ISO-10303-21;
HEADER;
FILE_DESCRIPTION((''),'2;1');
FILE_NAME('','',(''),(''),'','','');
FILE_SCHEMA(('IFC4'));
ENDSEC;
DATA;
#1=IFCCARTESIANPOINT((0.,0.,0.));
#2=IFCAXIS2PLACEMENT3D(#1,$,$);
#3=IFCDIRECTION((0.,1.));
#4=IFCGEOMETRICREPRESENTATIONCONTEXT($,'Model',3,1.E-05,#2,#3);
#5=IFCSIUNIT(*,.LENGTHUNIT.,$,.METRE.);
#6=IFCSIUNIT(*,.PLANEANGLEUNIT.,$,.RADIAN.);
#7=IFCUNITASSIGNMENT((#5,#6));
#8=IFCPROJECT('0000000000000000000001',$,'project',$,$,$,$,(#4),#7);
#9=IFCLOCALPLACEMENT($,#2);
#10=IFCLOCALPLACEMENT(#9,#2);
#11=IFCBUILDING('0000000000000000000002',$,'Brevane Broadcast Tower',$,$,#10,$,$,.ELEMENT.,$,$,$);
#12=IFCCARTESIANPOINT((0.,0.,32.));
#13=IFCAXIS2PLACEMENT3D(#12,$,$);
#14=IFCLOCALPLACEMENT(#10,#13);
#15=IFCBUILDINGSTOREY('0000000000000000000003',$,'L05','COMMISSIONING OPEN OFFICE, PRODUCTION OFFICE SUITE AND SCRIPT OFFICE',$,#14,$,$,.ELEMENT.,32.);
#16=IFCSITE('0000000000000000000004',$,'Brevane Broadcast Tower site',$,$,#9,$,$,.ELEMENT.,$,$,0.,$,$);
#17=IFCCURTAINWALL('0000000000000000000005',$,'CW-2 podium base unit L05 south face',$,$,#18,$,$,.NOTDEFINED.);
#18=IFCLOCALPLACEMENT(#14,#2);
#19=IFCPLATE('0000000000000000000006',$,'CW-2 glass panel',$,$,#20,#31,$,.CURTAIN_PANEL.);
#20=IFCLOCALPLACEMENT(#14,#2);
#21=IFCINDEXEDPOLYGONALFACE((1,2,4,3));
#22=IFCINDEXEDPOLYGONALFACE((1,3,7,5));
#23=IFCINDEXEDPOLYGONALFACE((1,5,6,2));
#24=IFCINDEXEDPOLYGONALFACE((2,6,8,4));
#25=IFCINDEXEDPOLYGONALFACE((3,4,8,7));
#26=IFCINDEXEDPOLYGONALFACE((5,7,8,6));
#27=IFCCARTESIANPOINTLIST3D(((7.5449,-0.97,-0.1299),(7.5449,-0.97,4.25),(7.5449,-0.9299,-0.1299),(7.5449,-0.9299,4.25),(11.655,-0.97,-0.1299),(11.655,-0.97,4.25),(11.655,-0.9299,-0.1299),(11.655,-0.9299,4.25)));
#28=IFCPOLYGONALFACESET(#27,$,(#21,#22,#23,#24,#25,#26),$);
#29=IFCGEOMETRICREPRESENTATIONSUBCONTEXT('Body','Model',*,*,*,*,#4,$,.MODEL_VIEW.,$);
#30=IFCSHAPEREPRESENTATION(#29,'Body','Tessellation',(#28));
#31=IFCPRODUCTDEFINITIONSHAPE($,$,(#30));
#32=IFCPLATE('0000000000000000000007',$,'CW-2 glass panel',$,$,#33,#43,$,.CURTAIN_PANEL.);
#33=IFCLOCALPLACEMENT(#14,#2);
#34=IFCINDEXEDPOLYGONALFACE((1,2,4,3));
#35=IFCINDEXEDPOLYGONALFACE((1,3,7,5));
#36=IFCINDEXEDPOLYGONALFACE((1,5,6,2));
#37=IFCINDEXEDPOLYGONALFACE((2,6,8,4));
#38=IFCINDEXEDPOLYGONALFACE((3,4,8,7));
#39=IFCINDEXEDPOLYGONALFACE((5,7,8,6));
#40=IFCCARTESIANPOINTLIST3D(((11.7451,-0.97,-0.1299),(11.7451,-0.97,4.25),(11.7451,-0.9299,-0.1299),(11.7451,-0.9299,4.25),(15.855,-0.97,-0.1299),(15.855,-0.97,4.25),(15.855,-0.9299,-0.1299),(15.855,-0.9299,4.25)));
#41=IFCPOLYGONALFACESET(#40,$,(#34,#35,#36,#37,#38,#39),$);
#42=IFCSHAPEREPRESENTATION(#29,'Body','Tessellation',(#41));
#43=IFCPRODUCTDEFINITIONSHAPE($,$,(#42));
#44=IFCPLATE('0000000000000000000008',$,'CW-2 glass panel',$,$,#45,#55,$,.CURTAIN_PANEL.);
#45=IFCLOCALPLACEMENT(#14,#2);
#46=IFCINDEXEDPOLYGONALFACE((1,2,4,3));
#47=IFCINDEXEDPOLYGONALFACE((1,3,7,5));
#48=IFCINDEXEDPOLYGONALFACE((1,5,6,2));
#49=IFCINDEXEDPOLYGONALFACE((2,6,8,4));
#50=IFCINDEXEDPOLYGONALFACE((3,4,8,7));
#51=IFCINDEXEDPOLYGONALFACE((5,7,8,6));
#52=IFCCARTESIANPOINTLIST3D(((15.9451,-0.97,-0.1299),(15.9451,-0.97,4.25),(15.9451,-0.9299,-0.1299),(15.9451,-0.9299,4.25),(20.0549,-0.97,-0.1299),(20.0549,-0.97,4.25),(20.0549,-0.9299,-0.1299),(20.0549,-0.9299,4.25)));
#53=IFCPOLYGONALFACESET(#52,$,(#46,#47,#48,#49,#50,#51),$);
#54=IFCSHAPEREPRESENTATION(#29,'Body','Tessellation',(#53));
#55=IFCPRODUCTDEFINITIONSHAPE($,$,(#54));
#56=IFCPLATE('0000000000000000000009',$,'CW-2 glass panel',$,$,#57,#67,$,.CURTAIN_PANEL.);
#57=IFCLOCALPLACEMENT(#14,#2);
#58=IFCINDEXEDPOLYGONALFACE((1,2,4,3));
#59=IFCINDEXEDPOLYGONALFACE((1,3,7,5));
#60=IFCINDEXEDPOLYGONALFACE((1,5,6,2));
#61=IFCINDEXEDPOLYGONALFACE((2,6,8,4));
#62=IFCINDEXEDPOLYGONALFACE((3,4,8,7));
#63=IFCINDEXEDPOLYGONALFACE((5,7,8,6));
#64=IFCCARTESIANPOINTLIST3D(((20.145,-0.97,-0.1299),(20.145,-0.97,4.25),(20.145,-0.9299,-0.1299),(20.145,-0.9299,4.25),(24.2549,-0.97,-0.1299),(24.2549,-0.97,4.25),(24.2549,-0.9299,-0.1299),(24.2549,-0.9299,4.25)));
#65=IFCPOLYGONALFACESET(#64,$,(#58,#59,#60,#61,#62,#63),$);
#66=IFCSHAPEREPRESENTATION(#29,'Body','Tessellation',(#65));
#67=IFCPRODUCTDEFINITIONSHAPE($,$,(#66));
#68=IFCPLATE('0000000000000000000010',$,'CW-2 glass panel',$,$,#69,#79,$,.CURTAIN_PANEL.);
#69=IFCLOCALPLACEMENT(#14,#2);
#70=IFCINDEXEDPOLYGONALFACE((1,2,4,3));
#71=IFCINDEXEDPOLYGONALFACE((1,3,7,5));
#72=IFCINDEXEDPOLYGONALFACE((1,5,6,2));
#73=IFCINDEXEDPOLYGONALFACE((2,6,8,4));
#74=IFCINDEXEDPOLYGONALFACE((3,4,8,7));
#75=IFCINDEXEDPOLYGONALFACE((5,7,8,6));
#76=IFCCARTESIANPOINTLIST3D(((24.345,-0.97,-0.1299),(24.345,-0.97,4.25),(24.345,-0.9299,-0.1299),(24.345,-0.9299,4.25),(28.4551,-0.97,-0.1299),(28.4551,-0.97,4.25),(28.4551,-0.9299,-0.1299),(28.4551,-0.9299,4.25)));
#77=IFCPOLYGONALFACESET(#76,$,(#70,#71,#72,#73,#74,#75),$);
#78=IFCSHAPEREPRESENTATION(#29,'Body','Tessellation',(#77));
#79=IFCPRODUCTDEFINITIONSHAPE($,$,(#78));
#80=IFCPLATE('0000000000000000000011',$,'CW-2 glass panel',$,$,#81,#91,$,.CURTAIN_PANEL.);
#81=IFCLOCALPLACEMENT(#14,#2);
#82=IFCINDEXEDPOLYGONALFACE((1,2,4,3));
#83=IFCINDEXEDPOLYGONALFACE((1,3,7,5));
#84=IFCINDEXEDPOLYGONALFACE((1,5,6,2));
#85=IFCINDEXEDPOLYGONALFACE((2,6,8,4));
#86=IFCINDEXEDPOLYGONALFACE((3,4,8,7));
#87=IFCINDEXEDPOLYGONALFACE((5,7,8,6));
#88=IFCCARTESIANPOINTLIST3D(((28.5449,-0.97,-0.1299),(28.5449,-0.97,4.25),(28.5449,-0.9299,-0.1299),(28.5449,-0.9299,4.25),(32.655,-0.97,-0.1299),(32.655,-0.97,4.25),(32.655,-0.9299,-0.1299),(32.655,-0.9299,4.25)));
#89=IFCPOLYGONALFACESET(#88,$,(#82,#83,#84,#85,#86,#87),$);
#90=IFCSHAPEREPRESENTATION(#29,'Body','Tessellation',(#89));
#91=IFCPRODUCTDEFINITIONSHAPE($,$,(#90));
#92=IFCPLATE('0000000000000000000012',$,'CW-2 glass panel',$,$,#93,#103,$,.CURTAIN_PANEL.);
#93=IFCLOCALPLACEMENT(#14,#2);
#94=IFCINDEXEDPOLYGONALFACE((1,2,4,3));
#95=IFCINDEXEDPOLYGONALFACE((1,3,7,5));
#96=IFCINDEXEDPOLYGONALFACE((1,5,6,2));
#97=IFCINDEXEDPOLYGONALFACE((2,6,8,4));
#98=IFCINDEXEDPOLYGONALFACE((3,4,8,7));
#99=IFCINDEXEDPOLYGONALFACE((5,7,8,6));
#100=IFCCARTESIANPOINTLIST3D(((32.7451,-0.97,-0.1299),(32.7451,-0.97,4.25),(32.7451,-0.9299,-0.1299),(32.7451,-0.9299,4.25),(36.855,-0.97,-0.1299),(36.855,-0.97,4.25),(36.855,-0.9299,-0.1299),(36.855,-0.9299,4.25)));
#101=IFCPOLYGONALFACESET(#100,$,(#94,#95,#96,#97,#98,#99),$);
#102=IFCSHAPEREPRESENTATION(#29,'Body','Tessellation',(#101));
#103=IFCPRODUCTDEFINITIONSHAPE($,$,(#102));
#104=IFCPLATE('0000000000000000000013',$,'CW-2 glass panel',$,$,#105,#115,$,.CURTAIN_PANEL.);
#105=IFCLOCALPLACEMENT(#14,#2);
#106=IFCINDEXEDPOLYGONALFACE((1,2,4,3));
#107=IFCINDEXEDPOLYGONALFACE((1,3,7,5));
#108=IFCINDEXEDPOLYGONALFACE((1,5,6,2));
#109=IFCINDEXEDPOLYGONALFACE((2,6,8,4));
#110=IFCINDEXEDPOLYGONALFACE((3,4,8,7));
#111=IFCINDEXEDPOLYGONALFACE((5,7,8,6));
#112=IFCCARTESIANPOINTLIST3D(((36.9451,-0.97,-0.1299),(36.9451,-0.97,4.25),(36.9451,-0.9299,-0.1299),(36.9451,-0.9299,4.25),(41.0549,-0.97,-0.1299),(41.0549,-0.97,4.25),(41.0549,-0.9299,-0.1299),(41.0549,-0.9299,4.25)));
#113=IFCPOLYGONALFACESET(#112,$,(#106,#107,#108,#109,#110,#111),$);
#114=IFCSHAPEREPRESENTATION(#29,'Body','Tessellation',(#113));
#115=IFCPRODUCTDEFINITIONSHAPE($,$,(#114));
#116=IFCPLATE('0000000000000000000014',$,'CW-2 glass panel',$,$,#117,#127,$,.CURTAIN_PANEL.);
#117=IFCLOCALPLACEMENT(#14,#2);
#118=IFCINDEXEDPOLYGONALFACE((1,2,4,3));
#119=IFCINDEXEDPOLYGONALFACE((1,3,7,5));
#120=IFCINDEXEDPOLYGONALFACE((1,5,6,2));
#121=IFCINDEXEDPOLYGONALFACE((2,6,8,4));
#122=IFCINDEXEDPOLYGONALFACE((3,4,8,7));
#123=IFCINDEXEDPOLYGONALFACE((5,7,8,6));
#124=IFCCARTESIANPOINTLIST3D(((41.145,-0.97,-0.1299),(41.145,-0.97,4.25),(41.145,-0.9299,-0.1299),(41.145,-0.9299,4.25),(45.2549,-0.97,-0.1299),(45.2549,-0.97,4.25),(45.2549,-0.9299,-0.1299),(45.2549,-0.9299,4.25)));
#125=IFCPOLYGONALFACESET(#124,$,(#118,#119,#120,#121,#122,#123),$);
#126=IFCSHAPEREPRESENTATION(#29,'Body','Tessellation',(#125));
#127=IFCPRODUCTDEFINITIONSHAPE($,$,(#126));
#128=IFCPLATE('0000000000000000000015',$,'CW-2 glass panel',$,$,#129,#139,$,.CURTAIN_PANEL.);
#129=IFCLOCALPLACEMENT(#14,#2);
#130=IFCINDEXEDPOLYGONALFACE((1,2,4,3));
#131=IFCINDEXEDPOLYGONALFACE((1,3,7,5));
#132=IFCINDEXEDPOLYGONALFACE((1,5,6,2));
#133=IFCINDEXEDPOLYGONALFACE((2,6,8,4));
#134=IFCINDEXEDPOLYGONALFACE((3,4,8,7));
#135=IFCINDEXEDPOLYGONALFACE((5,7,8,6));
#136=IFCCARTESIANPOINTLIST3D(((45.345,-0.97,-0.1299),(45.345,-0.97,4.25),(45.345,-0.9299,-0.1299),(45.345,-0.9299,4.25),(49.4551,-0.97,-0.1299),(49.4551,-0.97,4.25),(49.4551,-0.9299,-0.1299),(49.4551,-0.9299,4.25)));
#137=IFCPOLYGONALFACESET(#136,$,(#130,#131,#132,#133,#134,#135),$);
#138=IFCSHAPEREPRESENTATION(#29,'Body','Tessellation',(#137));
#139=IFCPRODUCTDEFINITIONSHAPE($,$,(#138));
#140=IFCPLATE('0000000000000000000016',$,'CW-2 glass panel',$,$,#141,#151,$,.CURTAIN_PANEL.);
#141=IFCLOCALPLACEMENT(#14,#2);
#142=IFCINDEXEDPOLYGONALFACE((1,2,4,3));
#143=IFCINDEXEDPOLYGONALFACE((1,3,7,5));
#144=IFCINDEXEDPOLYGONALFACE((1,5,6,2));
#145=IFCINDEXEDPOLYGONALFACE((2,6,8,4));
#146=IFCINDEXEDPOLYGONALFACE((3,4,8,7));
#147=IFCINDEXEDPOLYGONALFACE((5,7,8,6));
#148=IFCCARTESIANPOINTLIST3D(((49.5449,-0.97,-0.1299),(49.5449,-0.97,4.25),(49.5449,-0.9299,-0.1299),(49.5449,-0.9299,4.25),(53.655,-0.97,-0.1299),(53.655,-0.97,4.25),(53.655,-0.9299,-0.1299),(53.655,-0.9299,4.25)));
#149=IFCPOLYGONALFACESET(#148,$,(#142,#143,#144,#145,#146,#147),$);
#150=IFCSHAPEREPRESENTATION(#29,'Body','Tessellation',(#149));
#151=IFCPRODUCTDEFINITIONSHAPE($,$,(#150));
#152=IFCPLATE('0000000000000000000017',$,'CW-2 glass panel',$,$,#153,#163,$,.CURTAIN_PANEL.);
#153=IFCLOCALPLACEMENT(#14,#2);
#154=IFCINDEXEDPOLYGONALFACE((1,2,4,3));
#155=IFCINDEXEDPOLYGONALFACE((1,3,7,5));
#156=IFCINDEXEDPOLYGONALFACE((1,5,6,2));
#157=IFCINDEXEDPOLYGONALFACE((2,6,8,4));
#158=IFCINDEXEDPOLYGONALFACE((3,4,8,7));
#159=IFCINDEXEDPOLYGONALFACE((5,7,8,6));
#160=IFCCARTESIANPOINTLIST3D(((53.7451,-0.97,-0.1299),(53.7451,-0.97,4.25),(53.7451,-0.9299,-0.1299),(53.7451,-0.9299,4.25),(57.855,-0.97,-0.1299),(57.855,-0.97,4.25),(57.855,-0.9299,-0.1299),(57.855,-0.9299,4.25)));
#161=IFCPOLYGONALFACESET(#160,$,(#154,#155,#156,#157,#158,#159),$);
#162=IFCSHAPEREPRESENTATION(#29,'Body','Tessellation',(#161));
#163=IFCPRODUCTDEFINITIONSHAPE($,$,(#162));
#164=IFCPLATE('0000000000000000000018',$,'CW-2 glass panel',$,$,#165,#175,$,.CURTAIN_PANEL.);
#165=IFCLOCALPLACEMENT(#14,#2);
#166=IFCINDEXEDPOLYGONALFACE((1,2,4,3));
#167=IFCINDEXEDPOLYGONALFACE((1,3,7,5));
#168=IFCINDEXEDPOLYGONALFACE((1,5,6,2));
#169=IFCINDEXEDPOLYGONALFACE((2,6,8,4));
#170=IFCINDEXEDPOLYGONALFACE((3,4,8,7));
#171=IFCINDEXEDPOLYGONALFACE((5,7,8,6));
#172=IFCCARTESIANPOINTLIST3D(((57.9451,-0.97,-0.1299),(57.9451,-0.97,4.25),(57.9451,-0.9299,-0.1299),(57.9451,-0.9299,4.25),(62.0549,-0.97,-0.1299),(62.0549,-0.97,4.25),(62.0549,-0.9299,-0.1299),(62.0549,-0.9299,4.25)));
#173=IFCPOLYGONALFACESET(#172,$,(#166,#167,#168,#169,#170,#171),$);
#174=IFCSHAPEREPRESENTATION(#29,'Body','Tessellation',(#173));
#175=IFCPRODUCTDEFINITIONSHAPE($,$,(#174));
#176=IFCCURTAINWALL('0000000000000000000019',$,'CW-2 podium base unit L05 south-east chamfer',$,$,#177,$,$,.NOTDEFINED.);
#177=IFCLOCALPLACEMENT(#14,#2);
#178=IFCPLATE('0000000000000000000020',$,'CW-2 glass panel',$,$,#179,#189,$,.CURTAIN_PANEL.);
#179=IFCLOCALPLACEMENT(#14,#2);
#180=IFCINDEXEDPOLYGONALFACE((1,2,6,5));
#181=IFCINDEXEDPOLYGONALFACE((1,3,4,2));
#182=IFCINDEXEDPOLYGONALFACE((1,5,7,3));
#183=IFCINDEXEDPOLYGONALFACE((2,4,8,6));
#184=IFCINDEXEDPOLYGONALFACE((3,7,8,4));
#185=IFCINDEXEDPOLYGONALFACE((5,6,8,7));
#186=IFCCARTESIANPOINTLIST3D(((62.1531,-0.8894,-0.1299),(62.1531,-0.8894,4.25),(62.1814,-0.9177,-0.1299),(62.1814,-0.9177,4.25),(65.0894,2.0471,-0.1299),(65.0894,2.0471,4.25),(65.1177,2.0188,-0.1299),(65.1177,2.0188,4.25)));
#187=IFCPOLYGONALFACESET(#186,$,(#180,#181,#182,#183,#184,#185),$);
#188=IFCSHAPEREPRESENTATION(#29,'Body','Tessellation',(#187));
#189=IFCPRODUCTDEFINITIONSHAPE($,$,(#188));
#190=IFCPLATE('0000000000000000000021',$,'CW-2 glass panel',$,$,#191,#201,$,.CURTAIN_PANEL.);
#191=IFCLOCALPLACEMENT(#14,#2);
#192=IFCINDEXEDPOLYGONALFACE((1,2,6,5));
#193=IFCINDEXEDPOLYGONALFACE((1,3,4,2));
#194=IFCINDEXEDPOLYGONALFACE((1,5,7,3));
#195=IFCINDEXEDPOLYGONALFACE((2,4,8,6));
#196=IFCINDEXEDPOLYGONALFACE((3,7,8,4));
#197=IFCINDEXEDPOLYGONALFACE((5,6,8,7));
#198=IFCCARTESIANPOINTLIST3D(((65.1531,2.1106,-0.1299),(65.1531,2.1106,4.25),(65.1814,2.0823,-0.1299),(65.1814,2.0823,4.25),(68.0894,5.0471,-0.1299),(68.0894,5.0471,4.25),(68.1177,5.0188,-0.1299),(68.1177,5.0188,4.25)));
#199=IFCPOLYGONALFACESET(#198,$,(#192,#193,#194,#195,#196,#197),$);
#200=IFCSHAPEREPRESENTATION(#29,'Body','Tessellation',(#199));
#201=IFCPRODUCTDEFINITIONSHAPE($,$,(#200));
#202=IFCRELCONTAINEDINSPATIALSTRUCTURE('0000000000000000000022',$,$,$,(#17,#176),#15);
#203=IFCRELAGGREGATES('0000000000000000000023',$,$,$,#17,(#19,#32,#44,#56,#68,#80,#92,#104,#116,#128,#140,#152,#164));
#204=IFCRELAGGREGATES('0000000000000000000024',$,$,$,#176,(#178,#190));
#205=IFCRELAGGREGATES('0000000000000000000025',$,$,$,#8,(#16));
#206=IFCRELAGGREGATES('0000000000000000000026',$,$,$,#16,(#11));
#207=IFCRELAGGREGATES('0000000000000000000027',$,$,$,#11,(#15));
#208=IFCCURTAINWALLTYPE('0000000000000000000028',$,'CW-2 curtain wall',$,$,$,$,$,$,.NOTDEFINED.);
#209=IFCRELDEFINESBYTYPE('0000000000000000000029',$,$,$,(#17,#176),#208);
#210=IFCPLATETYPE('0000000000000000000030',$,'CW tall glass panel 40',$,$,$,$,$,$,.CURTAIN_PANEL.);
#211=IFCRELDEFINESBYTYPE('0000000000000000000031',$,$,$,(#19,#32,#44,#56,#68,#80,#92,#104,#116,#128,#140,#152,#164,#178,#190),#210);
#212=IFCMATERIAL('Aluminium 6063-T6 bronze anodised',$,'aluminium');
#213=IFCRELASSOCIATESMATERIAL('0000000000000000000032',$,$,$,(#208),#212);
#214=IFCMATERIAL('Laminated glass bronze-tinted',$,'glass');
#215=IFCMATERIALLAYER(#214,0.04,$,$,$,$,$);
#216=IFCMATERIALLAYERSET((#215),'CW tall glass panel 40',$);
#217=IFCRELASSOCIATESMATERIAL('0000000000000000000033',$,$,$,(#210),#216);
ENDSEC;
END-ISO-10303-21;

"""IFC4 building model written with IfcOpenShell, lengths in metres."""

from ifc_helpers import new_model, si_unit, direction, frame, origin, place, context, subcontext, project, spatial, polyline, outline, extrude, material, layer, layer_set, type_object, element, aggregate, save


model = new_model("IFC4")

# Units and contexts
model_context = context("Model", 3, precision=1e-05, world=origin(), true_north=direction((0.0, 1.0)))
body_context = subcontext(model_context, "Body", "Model", "MODEL_VIEW")
ifc_project = project(units=[si_unit("LENGTHUNIT", "METRE"), si_unit("PLANEANGLEUNIT", "RADIAN")], contexts=[model_context])

# Site, building, storey
site_placement = place(None, origin())
site = spatial("IfcSite", under=ifc_project, at=site_placement, Name="Brevane Broadcast Tower site", CompositionType="ELEMENT", RefElevation=0.0)
building_placement = place(site_placement, origin())
building = spatial("IfcBuilding", under=site, at=building_placement, Name="Brevane Broadcast Tower", CompositionType="ELEMENT")
storey_placement = place(building_placement, frame((0.0, 0.0, 32.0)))
storey = spatial("IfcBuildingStorey", under=building, at=storey_placement, Name="L05", Description="COMMISSIONING OPEN OFFICE, PRODUCTION OFFICE SUITE AND SCRIPT OFFICE", CompositionType="ELEMENT", Elevation=32.0)

# Curtain walls, plates
ifc_material_1 = material(Name="Aluminium 6063-T6 bronze anodised", Category="aluminium")
curtain_wall_type = type_object("IfcCurtainWallType", Name="CW-2 curtain wall", PredefinedType="NOTDEFINED", material=ifc_material_1)
curtain_wall_1_placement = place(storey_placement, origin())
curtain_wall_1 = element("IfcCurtainWall", 1, at=curtain_wall_1_placement, inside=storey, type_object=curtain_wall_type, Name="CW-2 podium base unit L05 south face", PredefinedType="NOTDEFINED")
ifc_material_2 = material(Name="Laminated glass bronze-tinted", Category="glass")
ifc_layer = layer(ifc_material_2, 0.04)
ifc_layer_set = layer_set([ifc_layer], Name="CW tall glass panel 40")
plate_type = type_object("IfcPlateType", Name="CW tall glass panel 40", PredefinedType="CURTAIN_PANEL", material=ifc_layer_set)
plate_1_placement = place(storey_placement, frame((0.0, 0.0, -0.1299)))
plate_1 = element("IfcPlate", 2, at=plate_1_placement, type_object=plate_type, Name="CW-2 glass panel", PredefinedType="CURTAIN_PANEL", context=body_context, shape_type="SweptSolid", body=[
    extrude(outline(polyline([(11.655, -0.97), (11.655, -0.9299), (7.5449, -0.9299), (7.5449, -0.97), (11.655, -0.97)])), origin(), (0.0, 0.0, 1.0), 4.3799),
])
plate_2_placement = place(storey_placement, frame((0.0, 0.0, -0.1299)))
plate_2 = element("IfcPlate", 3, at=plate_2_placement, type_object=plate_type, Name="CW-2 glass panel", PredefinedType="CURTAIN_PANEL", context=body_context, shape_type="SweptSolid", body=[
    extrude(outline(polyline([(15.855, -0.97), (15.855, -0.9299), (11.7451, -0.9299), (11.7451, -0.97), (15.855, -0.97)])), origin(), (0.0, 0.0, 1.0), 4.3799),
])
plate_3_placement = place(storey_placement, frame((0.0, 0.0, -0.1299)))
plate_3 = element("IfcPlate", 4, at=plate_3_placement, type_object=plate_type, Name="CW-2 glass panel", PredefinedType="CURTAIN_PANEL", context=body_context, shape_type="SweptSolid", body=[
    extrude(outline(polyline([(20.0549, -0.97), (20.0549, -0.9299), (15.9451, -0.9299), (15.9451, -0.97), (20.0549, -0.97)])), origin(), (0.0, 0.0, 1.0), 4.3799),
])
plate_4_placement = place(storey_placement, frame((0.0, 0.0, -0.1299)))
plate_4 = element("IfcPlate", 5, at=plate_4_placement, type_object=plate_type, Name="CW-2 glass panel", PredefinedType="CURTAIN_PANEL", context=body_context, shape_type="SweptSolid", body=[
    extrude(outline(polyline([(24.2549, -0.97), (24.2549, -0.9299), (20.145, -0.9299), (20.145, -0.97), (24.2549, -0.97)])), origin(), (0.0, 0.0, 1.0), 4.3799),
])
plate_5_placement = place(storey_placement, frame((0.0, 0.0, -0.1299)))
plate_5 = element("IfcPlate", 6, at=plate_5_placement, type_object=plate_type, Name="CW-2 glass panel", PredefinedType="CURTAIN_PANEL", context=body_context, shape_type="SweptSolid", body=[
    extrude(outline(polyline([(28.4551, -0.97), (28.4551, -0.9299), (24.345, -0.9299), (24.345, -0.97), (28.4551, -0.97)])), origin(), (0.0, 0.0, 1.0), 4.3799),
])
plate_6_placement = place(storey_placement, frame((0.0, 0.0, -0.1299)))
plate_6 = element("IfcPlate", 7, at=plate_6_placement, type_object=plate_type, Name="CW-2 glass panel", PredefinedType="CURTAIN_PANEL", context=body_context, shape_type="SweptSolid", body=[
    extrude(outline(polyline([(32.655, -0.97), (32.655, -0.9299), (28.5449, -0.9299), (28.5449, -0.97), (32.655, -0.97)])), origin(), (0.0, 0.0, 1.0), 4.3799),
])
plate_7_placement = place(storey_placement, frame((0.0, 0.0, -0.1299)))
plate_7 = element("IfcPlate", 8, at=plate_7_placement, type_object=plate_type, Name="CW-2 glass panel", PredefinedType="CURTAIN_PANEL", context=body_context, shape_type="SweptSolid", body=[
    extrude(outline(polyline([(36.855, -0.97), (36.855, -0.9299), (32.7451, -0.9299), (32.7451, -0.97), (36.855, -0.97)])), origin(), (0.0, 0.0, 1.0), 4.3799),
])
plate_8_placement = place(storey_placement, frame((0.0, 0.0, -0.1299)))
plate_8 = element("IfcPlate", 9, at=plate_8_placement, type_object=plate_type, Name="CW-2 glass panel", PredefinedType="CURTAIN_PANEL", context=body_context, shape_type="SweptSolid", body=[
    extrude(outline(polyline([(41.0549, -0.97), (41.0549, -0.9299), (36.9451, -0.9299), (36.9451, -0.97), (41.0549, -0.97)])), origin(), (0.0, 0.0, 1.0), 4.3799),
])
plate_9_placement = place(storey_placement, frame((0.0, 0.0, -0.1299)))
plate_9 = element("IfcPlate", 10, at=plate_9_placement, type_object=plate_type, Name="CW-2 glass panel", PredefinedType="CURTAIN_PANEL", context=body_context, shape_type="SweptSolid", body=[
    extrude(outline(polyline([(45.2549, -0.97), (45.2549, -0.9299), (41.145, -0.9299), (41.145, -0.97), (45.2549, -0.97)])), origin(), (0.0, 0.0, 1.0), 4.3799),
])
plate_10_placement = place(storey_placement, frame((0.0, 0.0, -0.1299)))
plate_10 = element("IfcPlate", 11, at=plate_10_placement, type_object=plate_type, Name="CW-2 glass panel", PredefinedType="CURTAIN_PANEL", context=body_context, shape_type="SweptSolid", body=[
    extrude(outline(polyline([(49.4551, -0.97), (49.4551, -0.9299), (45.345, -0.9299), (45.345, -0.97), (49.4551, -0.97)])), origin(), (0.0, 0.0, 1.0), 4.3799),
])
plate_11_placement = place(storey_placement, frame((0.0, 0.0, -0.1299)))
plate_11 = element("IfcPlate", 12, at=plate_11_placement, type_object=plate_type, Name="CW-2 glass panel", PredefinedType="CURTAIN_PANEL", context=body_context, shape_type="SweptSolid", body=[
    extrude(outline(polyline([(53.655, -0.97), (53.655, -0.9299), (49.5449, -0.9299), (49.5449, -0.97), (53.655, -0.97)])), origin(), (0.0, 0.0, 1.0), 4.3799),
])
plate_12_placement = place(storey_placement, frame((0.0, 0.0, -0.1299)))
plate_12 = element("IfcPlate", 13, at=plate_12_placement, type_object=plate_type, Name="CW-2 glass panel", PredefinedType="CURTAIN_PANEL", context=body_context, shape_type="SweptSolid", body=[
    extrude(outline(polyline([(57.855, -0.97), (57.855, -0.9299), (53.7451, -0.9299), (53.7451, -0.97), (57.855, -0.97)])), origin(), (0.0, 0.0, 1.0), 4.3799),
])
plate_13_placement = place(storey_placement, frame((0.0, 0.0, -0.1299)))
plate_13 = element("IfcPlate", 14, at=plate_13_placement, type_object=plate_type, Name="CW-2 glass panel", PredefinedType="CURTAIN_PANEL", context=body_context, shape_type="SweptSolid", body=[
    extrude(outline(polyline([(62.0549, -0.97), (62.0549, -0.9299), (57.9451, -0.9299), (57.9451, -0.97), (62.0549, -0.97)])), origin(), (0.0, 0.0, 1.0), 4.3799),
])
aggregate(curtain_wall_1, [plate_1, plate_2, plate_3, plate_4, plate_5, plate_6, plate_7, plate_8, plate_9, plate_10, plate_11, plate_12, plate_13])
curtain_wall_2_placement = place(storey_placement, origin())
curtain_wall_2 = element("IfcCurtainWall", 15, at=curtain_wall_2_placement, inside=storey, type_object=curtain_wall_type, Name="CW-2 podium base unit L05 south-east chamfer", PredefinedType="NOTDEFINED")
plate_14_placement = place(storey_placement, frame((0.0, 0.0, -0.1299)))
plate_14 = element("IfcPlate", 16, at=plate_14_placement, type_object=plate_type, Name="CW-2 glass panel", PredefinedType="CURTAIN_PANEL", context=body_context, shape_type="SweptSolid", body=[
    extrude(outline(polyline([(62.1531, -0.8894), (65.0894, 2.0471), (65.1177, 2.0188), (62.1814, -0.9177), (62.1531, -0.8894)])), origin(), (0.0, 0.0, 1.0), 4.3799),
])
plate_15_placement = place(storey_placement, frame((0.0, 0.0, -0.1299)))
plate_15 = element("IfcPlate", 17, at=plate_15_placement, type_object=plate_type, Name="CW-2 glass panel", PredefinedType="CURTAIN_PANEL", context=body_context, shape_type="SweptSolid", body=[
    extrude(outline(polyline([(68.0894, 5.0471), (68.1177, 5.0188), (65.1814, 2.0823), (65.1531, 2.1106), (68.0894, 5.0471)])), origin(), (0.0, 0.0, 1.0), 4.3799),
])
aggregate(curtain_wall_2, [plate_14, plate_15])

save(model, "model.ifc")
